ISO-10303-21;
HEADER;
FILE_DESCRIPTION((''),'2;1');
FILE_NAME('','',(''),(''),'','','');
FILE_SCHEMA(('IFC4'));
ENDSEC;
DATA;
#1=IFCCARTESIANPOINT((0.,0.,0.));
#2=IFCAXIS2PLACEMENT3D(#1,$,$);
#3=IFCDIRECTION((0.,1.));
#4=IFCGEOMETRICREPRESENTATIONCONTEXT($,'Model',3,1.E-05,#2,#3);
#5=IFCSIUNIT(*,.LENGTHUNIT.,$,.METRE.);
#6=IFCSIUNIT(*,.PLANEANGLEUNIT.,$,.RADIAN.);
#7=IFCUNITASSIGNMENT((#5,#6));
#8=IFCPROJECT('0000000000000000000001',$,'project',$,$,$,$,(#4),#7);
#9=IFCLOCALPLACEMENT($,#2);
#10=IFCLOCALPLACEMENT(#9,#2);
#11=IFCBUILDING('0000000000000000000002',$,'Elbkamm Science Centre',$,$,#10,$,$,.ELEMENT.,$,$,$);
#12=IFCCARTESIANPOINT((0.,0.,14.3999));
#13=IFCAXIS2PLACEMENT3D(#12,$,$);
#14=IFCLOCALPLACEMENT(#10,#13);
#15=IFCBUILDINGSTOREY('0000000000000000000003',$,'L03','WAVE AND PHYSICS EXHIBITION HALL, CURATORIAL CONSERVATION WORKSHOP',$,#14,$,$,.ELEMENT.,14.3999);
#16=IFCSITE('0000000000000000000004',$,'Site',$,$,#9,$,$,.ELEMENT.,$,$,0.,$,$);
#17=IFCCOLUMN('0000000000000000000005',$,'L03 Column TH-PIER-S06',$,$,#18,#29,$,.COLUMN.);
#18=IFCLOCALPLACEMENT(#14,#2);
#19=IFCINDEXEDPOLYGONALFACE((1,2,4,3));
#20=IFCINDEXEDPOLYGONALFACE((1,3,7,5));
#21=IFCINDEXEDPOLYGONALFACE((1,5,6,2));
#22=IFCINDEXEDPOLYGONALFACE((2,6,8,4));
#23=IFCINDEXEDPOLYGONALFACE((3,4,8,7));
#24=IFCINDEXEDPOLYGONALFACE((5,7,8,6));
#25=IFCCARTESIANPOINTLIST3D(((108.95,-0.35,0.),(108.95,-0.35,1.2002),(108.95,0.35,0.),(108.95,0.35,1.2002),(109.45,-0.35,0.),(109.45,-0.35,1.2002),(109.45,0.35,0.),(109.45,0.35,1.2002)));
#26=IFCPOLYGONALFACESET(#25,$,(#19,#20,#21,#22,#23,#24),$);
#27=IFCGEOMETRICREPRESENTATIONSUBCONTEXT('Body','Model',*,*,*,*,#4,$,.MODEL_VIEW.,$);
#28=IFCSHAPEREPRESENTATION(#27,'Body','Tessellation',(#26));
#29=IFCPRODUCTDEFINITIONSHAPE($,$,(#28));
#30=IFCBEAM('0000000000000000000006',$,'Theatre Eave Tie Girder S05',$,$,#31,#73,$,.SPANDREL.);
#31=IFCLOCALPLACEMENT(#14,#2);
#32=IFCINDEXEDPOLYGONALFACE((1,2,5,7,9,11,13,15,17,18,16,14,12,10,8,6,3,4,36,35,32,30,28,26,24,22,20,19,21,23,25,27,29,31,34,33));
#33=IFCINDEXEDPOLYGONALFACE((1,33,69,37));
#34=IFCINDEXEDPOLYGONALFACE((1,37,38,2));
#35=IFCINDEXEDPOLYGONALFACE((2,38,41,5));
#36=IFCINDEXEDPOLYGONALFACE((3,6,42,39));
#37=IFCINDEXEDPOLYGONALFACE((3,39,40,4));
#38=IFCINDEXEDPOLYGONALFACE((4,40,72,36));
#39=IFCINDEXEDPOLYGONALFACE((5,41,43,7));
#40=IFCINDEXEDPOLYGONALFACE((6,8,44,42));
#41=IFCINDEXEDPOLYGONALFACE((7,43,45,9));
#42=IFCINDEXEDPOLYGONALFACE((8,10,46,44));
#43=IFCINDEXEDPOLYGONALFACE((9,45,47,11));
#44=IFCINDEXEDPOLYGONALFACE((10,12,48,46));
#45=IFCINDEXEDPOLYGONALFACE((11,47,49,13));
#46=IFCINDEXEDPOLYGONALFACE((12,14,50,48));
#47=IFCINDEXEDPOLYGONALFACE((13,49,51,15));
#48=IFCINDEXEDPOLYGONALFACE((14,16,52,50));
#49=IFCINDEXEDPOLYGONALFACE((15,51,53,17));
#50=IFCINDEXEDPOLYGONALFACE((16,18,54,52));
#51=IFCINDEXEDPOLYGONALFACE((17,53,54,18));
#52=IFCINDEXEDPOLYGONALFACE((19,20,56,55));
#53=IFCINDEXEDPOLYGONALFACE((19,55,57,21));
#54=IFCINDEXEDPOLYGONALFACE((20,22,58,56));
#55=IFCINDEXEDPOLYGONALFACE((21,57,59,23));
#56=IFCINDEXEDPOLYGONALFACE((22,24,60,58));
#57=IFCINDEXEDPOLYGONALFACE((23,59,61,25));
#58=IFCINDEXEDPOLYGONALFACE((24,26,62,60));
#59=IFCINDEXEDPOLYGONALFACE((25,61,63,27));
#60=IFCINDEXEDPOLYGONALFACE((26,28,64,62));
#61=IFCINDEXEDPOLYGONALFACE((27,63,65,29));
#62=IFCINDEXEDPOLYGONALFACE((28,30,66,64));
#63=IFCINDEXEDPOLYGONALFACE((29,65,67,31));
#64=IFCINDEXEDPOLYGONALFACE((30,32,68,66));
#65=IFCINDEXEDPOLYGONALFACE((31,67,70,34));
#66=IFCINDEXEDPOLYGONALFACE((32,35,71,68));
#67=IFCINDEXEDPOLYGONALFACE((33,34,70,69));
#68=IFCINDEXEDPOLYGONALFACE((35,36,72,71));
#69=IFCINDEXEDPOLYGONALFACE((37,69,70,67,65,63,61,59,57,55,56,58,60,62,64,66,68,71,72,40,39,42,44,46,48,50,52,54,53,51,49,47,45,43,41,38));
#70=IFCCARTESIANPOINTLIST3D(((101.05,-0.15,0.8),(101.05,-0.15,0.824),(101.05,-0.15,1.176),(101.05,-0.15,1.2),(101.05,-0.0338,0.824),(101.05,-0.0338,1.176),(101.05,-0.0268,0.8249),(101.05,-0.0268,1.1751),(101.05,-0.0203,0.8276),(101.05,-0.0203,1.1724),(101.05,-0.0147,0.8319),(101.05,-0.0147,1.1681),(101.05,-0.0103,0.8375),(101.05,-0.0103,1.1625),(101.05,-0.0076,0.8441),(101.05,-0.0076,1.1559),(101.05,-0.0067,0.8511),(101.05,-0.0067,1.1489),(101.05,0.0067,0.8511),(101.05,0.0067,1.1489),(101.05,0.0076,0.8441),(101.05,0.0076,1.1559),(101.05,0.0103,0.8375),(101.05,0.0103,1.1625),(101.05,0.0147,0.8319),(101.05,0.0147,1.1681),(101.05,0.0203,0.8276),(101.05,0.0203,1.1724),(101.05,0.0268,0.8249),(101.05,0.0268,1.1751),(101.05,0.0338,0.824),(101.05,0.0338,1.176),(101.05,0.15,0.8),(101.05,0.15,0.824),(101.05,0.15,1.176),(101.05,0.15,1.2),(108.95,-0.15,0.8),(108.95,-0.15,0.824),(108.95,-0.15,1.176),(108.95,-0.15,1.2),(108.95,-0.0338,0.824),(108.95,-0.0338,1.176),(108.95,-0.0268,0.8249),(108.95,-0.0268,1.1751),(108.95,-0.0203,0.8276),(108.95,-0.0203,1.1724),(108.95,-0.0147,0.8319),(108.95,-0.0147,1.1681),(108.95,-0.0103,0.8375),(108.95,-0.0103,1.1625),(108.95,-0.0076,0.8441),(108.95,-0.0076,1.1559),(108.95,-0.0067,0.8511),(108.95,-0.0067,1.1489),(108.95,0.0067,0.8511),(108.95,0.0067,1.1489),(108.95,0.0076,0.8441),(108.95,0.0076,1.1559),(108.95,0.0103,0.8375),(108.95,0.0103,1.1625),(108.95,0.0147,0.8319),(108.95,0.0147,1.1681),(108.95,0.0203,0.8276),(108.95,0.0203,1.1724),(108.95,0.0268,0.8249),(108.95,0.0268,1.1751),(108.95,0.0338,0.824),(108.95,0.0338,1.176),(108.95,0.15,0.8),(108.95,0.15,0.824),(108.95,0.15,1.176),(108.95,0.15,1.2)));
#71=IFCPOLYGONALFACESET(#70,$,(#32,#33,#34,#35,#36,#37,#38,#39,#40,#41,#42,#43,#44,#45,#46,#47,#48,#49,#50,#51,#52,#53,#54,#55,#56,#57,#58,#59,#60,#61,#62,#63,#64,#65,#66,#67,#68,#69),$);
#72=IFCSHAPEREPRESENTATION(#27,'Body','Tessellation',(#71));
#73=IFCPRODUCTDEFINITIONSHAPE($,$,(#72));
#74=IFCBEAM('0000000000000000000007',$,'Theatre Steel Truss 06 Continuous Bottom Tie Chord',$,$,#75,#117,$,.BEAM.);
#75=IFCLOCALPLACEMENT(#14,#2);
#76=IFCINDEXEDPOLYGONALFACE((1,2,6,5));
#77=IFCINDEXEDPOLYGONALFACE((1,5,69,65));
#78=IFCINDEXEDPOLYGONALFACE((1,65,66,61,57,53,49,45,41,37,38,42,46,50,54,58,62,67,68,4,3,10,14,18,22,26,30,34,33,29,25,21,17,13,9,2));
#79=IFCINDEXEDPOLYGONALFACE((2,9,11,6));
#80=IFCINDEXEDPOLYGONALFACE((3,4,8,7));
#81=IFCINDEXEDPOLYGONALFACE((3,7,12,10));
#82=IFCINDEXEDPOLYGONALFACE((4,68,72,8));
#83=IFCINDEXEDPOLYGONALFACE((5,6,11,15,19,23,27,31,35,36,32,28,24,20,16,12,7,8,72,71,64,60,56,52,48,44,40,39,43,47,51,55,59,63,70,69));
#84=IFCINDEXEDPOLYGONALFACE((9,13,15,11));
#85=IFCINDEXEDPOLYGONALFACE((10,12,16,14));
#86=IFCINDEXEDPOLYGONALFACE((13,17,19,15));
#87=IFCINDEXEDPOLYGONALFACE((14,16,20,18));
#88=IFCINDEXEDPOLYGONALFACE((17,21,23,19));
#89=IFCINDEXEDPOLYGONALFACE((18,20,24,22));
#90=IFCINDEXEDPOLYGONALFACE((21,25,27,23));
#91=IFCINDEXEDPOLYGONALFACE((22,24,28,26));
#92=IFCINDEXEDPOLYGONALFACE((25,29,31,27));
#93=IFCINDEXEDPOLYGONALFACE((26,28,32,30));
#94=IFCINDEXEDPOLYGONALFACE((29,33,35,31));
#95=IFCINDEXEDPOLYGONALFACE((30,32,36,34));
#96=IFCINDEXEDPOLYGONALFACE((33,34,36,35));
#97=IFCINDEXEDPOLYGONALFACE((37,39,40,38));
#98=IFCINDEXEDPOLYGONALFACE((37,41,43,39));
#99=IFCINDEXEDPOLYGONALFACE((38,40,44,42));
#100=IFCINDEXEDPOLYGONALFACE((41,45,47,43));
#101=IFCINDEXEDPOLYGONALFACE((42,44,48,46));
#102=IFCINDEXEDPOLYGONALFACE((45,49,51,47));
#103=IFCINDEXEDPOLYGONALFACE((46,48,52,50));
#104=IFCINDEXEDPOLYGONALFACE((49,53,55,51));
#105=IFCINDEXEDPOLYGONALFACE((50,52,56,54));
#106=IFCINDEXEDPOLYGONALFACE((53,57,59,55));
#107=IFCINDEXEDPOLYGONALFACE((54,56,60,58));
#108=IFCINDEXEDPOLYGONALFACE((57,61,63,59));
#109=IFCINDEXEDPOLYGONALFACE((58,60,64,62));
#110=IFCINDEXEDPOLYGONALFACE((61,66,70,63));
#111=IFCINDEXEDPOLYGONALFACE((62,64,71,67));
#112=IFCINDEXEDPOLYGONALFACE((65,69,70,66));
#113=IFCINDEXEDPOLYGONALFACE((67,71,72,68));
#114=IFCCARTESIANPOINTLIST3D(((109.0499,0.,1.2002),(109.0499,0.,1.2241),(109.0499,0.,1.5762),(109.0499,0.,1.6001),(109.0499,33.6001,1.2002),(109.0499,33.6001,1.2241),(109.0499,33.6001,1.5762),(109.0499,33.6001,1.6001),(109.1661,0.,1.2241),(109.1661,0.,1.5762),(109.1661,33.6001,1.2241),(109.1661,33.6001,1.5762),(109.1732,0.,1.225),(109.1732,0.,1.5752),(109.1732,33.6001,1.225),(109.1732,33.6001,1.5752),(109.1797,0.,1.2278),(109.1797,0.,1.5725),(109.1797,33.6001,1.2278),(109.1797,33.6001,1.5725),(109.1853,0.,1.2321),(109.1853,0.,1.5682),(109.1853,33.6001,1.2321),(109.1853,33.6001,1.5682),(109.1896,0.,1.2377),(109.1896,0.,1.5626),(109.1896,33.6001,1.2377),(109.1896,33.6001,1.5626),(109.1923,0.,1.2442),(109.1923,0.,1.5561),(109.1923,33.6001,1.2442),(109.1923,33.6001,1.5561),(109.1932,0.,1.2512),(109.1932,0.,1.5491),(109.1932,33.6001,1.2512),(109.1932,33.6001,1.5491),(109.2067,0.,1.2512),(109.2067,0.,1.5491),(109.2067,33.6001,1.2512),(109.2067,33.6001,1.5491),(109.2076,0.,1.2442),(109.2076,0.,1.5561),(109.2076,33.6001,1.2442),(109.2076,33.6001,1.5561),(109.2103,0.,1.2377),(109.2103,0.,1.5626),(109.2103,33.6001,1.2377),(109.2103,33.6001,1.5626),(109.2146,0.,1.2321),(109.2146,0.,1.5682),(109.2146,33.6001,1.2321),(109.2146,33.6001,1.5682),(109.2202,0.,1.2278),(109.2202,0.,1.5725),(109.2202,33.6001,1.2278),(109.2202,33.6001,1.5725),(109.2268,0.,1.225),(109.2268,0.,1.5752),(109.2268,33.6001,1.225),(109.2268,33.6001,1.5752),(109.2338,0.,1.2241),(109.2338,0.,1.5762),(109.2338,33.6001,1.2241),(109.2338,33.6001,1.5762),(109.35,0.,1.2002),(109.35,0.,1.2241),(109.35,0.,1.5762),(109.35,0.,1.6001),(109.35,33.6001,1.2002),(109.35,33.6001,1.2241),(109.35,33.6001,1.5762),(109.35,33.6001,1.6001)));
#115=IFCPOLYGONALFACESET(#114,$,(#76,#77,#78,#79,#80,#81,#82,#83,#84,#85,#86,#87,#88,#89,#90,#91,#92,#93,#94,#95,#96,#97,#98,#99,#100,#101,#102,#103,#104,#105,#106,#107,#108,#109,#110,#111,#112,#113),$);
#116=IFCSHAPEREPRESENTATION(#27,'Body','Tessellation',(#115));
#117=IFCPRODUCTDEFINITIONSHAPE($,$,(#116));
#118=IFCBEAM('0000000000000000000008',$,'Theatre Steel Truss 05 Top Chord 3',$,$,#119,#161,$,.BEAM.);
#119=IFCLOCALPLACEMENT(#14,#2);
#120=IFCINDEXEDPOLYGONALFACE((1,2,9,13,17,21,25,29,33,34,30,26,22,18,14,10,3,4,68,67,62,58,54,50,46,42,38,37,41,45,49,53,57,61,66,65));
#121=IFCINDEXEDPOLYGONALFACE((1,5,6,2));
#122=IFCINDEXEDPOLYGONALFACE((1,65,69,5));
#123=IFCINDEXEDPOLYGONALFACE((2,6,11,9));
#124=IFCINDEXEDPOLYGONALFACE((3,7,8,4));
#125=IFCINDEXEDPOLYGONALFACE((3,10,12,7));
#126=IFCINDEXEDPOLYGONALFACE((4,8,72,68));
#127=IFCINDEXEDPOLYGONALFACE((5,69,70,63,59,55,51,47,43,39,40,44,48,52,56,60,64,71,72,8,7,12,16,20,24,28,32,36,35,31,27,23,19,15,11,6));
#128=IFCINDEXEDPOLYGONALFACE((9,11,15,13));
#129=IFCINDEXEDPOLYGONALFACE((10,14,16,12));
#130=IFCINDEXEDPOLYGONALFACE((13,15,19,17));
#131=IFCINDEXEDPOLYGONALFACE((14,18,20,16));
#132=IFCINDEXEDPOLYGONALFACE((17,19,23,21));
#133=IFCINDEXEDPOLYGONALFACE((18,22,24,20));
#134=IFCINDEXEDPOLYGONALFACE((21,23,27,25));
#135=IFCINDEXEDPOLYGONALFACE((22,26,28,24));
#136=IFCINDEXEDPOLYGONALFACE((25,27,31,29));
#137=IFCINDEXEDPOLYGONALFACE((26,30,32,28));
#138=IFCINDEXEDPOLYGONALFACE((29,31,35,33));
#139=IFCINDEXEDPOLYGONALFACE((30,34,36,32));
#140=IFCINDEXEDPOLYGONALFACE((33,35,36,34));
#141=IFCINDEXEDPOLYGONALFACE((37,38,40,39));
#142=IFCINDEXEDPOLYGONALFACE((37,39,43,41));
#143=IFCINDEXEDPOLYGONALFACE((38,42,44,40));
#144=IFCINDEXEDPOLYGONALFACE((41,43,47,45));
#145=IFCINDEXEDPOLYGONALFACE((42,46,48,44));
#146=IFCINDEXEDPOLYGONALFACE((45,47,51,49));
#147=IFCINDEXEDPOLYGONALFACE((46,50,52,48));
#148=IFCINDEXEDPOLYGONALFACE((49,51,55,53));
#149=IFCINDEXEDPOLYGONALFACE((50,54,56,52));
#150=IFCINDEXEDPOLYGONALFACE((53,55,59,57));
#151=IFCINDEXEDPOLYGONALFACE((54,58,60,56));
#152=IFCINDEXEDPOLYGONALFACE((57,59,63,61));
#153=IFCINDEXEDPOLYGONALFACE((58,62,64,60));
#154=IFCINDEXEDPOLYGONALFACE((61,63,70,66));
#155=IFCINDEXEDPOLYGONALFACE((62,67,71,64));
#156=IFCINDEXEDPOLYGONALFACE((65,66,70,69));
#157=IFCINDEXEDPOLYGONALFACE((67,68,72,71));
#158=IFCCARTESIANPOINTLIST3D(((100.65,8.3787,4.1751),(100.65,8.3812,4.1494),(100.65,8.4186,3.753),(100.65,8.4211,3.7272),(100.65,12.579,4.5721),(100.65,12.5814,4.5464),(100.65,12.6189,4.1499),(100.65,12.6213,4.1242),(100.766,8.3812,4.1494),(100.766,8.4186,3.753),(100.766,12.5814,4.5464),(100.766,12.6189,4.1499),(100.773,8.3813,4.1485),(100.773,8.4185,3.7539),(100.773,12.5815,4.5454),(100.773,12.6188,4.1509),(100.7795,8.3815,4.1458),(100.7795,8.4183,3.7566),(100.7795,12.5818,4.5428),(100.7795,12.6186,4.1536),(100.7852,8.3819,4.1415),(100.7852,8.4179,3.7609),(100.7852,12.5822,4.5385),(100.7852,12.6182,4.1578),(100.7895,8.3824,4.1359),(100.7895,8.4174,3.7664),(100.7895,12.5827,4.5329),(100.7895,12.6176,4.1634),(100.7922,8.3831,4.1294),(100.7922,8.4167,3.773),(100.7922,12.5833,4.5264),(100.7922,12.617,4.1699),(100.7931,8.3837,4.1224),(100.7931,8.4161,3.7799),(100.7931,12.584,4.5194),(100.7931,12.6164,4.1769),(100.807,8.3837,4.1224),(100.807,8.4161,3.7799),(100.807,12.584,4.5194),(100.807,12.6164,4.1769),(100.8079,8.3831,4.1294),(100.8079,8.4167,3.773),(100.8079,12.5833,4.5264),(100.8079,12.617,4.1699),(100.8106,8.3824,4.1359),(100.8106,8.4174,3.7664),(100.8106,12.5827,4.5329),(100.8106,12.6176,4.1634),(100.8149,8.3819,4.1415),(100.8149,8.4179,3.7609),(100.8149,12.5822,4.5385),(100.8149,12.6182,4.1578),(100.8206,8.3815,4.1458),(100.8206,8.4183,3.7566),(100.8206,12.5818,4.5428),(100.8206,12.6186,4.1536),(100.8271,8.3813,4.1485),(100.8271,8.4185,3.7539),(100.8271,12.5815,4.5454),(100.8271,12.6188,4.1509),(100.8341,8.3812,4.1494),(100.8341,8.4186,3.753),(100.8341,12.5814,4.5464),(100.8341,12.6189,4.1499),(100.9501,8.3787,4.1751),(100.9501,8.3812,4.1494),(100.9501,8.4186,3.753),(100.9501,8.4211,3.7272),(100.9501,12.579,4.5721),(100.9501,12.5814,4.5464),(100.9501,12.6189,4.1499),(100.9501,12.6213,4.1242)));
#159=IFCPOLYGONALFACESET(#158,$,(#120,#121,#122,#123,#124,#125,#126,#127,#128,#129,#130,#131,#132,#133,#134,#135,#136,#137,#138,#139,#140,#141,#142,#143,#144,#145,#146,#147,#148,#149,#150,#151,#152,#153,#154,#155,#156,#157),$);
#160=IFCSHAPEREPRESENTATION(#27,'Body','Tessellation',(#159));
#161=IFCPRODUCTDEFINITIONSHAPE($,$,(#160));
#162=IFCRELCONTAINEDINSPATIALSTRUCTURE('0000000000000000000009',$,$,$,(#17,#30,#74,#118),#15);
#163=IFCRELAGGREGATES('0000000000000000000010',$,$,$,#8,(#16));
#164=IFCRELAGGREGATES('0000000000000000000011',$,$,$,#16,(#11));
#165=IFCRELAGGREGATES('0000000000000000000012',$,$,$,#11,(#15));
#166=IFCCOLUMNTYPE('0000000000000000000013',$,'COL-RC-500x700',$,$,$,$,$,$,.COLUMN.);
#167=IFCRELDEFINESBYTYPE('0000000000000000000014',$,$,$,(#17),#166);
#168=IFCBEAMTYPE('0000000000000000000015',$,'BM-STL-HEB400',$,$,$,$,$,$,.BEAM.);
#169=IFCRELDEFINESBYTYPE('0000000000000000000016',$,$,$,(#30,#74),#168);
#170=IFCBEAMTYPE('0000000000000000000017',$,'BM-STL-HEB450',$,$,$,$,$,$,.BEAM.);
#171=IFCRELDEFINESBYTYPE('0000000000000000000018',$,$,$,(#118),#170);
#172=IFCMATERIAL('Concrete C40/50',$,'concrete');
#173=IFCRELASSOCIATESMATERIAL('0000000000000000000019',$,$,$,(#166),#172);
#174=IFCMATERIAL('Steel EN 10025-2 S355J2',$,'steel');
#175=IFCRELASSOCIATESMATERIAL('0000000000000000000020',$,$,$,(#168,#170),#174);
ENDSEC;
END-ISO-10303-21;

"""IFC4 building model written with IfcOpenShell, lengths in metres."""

from ifc_helpers import new_model, si_unit, direction, frame, origin, origin_2d, place, context, subcontext, project, spatial, rectangle, i_section, extrude, material, material_profile, profile_set, type_object, element, save


model = new_model("IFC4")

# Units and contexts
model_context = context("Model", 3, precision=1e-05, world=origin(), true_north=direction((0.0, 1.0)))
body_context = subcontext(model_context, "Body", "Model", "MODEL_VIEW")
ifc_project = project(units=[si_unit("LENGTHUNIT", "METRE"), si_unit("PLANEANGLEUNIT", "RADIAN")], contexts=[model_context])

# Site, building, storey
site_placement = place(None, origin())
site = spatial("IfcSite", under=ifc_project, at=site_placement, Name="Site", CompositionType="ELEMENT", RefElevation=0.0)
building_placement = place(site_placement, origin())
building = spatial("IfcBuilding", under=site, at=building_placement, Name="Elbkamm Science Centre", CompositionType="ELEMENT")
storey_placement = place(building_placement, frame((0.0, 0.0, 14.3999)))
storey = spatial("IfcBuildingStorey", under=building, at=storey_placement, Name="L03", Description="WAVE AND PHYSICS EXHIBITION HALL, CURATORIAL CONSERVATION WORKSHOP", CompositionType="ELEMENT", Elevation=14.3999)

# Column
ifc_material_1 = material(Name="Concrete C40/50", Category="concrete")
ifc_material_profile_1 = material_profile(ifc_material_1, rectangle(XDim=0.5, YDim=0.7, at=origin_2d()), Name="RC 500x700")
ifc_profile_set_1 = profile_set([ifc_material_profile_1], Name="Concrete C40/50")
column_type = type_object("IfcColumnType", Name="COL-RC-500x700", PredefinedType="COLUMN", material=ifc_profile_set_1)
column_placement = place(storey_placement, frame((109.2, 0.0, 0.0), z_axis=(0.0, 0.0, 1.0), x_axis=(1.0, 0.0, 0.0)))
element("IfcColumn", 1, at=column_placement, inside=storey, type_object=column_type, Name="L03 Column TH-PIER-S06", PredefinedType="COLUMN", context=body_context, shape_type="SweptSolid", body=[
    extrude(rectangle(XDim=0.5, YDim=0.7, at=origin_2d()), origin(), (0.0, 0.0, 1.0), 1.2002),
])

# Beams
ifc_material_2 = material(Name="Steel EN 10025-2 S355J2", Category="steel")
ifc_material_profile_2 = material_profile(ifc_material_2, i_section(OverallWidth=0.3, OverallDepth=0.3999, WebThickness=0.0134, FlangeThickness=0.0239, FilletRadius=0.0271, at=origin_2d()), Name="HEB 400")
ifc_profile_set_2 = profile_set([ifc_material_profile_2], Name="Steel EN 10025-2 S355J2")
beam_type_1 = type_object("IfcBeamType", Name="BM-STL-HEB400", PredefinedType="BEAM", material=ifc_profile_set_2)
beam_1_placement = place(storey_placement, frame((101.05, 0.0, 1.0), z_axis=(1.0, 0.0, 0.0), x_axis=(0.0, 1.0, 0.0)))
element("IfcBeam", 2, at=beam_1_placement, inside=storey, type_object=beam_type_1, Name="Theatre Eave Tie Girder S05", PredefinedType="SPANDREL", context=body_context, shape_type="SweptSolid", body=[
    extrude(i_section(OverallWidth=0.3, OverallDepth=0.3999, WebThickness=0.0134, FlangeThickness=0.0239, FilletRadius=0.0271, at=origin_2d()), origin(), (0.0, 0.0, 1.0), 7.8999),
])
beam_2_placement = place(storey_placement, frame((109.2, 0.0, 1.4001), z_axis=(0.0, 1.0, 0.0), x_axis=(-1.0, 0.0, 0.0)))
element("IfcBeam", 3, at=beam_2_placement, inside=storey, type_object=beam_type_1, Name="Theatre Steel Truss 06 Continuous Bottom Tie Chord", PredefinedType="BEAM", context=body_context, shape_type="SweptSolid", body=[
    extrude(i_section(OverallWidth=0.3, OverallDepth=0.3999, WebThickness=0.0134, FlangeThickness=0.0239, FilletRadius=0.0271, at=origin_2d()), origin(), (0.0, 0.0, 1.0), 33.6001),
])
ifc_material_profile_3 = material_profile(ifc_material_2, i_section(OverallWidth=0.3, OverallDepth=0.45, WebThickness=0.0139, FlangeThickness=0.0259, FilletRadius=0.0271, at=origin_2d()), Name="HEB 450")
ifc_profile_set_3 = profile_set([ifc_material_profile_3], Name="Steel EN 10025-2 S355J2")
beam_type_2 = type_object("IfcBeamType", Name="BM-STL-HEB450", PredefinedType="BEAM", material=ifc_profile_set_3)
beam_3_placement = place(storey_placement, frame((100.8, 8.3999, 3.9512), z_axis=(0.0, 0.995563, 0.094094), x_axis=(-1.0, 0.0, 0.0)))
element("IfcBeam", 4, at=beam_3_placement, inside=storey, type_object=beam_type_2, Name="Theatre Steel Truss 05 Top Chord 3", PredefinedType="BEAM", context=body_context, shape_type="SweptSolid", body=[
    extrude(i_section(OverallWidth=0.3, OverallDepth=0.45, WebThickness=0.0139, FlangeThickness=0.0259, FilletRadius=0.0271, at=origin_2d()), origin(), (0.0, 0.0, 1.0), 4.219),
])

save(model, "model.ifc")
